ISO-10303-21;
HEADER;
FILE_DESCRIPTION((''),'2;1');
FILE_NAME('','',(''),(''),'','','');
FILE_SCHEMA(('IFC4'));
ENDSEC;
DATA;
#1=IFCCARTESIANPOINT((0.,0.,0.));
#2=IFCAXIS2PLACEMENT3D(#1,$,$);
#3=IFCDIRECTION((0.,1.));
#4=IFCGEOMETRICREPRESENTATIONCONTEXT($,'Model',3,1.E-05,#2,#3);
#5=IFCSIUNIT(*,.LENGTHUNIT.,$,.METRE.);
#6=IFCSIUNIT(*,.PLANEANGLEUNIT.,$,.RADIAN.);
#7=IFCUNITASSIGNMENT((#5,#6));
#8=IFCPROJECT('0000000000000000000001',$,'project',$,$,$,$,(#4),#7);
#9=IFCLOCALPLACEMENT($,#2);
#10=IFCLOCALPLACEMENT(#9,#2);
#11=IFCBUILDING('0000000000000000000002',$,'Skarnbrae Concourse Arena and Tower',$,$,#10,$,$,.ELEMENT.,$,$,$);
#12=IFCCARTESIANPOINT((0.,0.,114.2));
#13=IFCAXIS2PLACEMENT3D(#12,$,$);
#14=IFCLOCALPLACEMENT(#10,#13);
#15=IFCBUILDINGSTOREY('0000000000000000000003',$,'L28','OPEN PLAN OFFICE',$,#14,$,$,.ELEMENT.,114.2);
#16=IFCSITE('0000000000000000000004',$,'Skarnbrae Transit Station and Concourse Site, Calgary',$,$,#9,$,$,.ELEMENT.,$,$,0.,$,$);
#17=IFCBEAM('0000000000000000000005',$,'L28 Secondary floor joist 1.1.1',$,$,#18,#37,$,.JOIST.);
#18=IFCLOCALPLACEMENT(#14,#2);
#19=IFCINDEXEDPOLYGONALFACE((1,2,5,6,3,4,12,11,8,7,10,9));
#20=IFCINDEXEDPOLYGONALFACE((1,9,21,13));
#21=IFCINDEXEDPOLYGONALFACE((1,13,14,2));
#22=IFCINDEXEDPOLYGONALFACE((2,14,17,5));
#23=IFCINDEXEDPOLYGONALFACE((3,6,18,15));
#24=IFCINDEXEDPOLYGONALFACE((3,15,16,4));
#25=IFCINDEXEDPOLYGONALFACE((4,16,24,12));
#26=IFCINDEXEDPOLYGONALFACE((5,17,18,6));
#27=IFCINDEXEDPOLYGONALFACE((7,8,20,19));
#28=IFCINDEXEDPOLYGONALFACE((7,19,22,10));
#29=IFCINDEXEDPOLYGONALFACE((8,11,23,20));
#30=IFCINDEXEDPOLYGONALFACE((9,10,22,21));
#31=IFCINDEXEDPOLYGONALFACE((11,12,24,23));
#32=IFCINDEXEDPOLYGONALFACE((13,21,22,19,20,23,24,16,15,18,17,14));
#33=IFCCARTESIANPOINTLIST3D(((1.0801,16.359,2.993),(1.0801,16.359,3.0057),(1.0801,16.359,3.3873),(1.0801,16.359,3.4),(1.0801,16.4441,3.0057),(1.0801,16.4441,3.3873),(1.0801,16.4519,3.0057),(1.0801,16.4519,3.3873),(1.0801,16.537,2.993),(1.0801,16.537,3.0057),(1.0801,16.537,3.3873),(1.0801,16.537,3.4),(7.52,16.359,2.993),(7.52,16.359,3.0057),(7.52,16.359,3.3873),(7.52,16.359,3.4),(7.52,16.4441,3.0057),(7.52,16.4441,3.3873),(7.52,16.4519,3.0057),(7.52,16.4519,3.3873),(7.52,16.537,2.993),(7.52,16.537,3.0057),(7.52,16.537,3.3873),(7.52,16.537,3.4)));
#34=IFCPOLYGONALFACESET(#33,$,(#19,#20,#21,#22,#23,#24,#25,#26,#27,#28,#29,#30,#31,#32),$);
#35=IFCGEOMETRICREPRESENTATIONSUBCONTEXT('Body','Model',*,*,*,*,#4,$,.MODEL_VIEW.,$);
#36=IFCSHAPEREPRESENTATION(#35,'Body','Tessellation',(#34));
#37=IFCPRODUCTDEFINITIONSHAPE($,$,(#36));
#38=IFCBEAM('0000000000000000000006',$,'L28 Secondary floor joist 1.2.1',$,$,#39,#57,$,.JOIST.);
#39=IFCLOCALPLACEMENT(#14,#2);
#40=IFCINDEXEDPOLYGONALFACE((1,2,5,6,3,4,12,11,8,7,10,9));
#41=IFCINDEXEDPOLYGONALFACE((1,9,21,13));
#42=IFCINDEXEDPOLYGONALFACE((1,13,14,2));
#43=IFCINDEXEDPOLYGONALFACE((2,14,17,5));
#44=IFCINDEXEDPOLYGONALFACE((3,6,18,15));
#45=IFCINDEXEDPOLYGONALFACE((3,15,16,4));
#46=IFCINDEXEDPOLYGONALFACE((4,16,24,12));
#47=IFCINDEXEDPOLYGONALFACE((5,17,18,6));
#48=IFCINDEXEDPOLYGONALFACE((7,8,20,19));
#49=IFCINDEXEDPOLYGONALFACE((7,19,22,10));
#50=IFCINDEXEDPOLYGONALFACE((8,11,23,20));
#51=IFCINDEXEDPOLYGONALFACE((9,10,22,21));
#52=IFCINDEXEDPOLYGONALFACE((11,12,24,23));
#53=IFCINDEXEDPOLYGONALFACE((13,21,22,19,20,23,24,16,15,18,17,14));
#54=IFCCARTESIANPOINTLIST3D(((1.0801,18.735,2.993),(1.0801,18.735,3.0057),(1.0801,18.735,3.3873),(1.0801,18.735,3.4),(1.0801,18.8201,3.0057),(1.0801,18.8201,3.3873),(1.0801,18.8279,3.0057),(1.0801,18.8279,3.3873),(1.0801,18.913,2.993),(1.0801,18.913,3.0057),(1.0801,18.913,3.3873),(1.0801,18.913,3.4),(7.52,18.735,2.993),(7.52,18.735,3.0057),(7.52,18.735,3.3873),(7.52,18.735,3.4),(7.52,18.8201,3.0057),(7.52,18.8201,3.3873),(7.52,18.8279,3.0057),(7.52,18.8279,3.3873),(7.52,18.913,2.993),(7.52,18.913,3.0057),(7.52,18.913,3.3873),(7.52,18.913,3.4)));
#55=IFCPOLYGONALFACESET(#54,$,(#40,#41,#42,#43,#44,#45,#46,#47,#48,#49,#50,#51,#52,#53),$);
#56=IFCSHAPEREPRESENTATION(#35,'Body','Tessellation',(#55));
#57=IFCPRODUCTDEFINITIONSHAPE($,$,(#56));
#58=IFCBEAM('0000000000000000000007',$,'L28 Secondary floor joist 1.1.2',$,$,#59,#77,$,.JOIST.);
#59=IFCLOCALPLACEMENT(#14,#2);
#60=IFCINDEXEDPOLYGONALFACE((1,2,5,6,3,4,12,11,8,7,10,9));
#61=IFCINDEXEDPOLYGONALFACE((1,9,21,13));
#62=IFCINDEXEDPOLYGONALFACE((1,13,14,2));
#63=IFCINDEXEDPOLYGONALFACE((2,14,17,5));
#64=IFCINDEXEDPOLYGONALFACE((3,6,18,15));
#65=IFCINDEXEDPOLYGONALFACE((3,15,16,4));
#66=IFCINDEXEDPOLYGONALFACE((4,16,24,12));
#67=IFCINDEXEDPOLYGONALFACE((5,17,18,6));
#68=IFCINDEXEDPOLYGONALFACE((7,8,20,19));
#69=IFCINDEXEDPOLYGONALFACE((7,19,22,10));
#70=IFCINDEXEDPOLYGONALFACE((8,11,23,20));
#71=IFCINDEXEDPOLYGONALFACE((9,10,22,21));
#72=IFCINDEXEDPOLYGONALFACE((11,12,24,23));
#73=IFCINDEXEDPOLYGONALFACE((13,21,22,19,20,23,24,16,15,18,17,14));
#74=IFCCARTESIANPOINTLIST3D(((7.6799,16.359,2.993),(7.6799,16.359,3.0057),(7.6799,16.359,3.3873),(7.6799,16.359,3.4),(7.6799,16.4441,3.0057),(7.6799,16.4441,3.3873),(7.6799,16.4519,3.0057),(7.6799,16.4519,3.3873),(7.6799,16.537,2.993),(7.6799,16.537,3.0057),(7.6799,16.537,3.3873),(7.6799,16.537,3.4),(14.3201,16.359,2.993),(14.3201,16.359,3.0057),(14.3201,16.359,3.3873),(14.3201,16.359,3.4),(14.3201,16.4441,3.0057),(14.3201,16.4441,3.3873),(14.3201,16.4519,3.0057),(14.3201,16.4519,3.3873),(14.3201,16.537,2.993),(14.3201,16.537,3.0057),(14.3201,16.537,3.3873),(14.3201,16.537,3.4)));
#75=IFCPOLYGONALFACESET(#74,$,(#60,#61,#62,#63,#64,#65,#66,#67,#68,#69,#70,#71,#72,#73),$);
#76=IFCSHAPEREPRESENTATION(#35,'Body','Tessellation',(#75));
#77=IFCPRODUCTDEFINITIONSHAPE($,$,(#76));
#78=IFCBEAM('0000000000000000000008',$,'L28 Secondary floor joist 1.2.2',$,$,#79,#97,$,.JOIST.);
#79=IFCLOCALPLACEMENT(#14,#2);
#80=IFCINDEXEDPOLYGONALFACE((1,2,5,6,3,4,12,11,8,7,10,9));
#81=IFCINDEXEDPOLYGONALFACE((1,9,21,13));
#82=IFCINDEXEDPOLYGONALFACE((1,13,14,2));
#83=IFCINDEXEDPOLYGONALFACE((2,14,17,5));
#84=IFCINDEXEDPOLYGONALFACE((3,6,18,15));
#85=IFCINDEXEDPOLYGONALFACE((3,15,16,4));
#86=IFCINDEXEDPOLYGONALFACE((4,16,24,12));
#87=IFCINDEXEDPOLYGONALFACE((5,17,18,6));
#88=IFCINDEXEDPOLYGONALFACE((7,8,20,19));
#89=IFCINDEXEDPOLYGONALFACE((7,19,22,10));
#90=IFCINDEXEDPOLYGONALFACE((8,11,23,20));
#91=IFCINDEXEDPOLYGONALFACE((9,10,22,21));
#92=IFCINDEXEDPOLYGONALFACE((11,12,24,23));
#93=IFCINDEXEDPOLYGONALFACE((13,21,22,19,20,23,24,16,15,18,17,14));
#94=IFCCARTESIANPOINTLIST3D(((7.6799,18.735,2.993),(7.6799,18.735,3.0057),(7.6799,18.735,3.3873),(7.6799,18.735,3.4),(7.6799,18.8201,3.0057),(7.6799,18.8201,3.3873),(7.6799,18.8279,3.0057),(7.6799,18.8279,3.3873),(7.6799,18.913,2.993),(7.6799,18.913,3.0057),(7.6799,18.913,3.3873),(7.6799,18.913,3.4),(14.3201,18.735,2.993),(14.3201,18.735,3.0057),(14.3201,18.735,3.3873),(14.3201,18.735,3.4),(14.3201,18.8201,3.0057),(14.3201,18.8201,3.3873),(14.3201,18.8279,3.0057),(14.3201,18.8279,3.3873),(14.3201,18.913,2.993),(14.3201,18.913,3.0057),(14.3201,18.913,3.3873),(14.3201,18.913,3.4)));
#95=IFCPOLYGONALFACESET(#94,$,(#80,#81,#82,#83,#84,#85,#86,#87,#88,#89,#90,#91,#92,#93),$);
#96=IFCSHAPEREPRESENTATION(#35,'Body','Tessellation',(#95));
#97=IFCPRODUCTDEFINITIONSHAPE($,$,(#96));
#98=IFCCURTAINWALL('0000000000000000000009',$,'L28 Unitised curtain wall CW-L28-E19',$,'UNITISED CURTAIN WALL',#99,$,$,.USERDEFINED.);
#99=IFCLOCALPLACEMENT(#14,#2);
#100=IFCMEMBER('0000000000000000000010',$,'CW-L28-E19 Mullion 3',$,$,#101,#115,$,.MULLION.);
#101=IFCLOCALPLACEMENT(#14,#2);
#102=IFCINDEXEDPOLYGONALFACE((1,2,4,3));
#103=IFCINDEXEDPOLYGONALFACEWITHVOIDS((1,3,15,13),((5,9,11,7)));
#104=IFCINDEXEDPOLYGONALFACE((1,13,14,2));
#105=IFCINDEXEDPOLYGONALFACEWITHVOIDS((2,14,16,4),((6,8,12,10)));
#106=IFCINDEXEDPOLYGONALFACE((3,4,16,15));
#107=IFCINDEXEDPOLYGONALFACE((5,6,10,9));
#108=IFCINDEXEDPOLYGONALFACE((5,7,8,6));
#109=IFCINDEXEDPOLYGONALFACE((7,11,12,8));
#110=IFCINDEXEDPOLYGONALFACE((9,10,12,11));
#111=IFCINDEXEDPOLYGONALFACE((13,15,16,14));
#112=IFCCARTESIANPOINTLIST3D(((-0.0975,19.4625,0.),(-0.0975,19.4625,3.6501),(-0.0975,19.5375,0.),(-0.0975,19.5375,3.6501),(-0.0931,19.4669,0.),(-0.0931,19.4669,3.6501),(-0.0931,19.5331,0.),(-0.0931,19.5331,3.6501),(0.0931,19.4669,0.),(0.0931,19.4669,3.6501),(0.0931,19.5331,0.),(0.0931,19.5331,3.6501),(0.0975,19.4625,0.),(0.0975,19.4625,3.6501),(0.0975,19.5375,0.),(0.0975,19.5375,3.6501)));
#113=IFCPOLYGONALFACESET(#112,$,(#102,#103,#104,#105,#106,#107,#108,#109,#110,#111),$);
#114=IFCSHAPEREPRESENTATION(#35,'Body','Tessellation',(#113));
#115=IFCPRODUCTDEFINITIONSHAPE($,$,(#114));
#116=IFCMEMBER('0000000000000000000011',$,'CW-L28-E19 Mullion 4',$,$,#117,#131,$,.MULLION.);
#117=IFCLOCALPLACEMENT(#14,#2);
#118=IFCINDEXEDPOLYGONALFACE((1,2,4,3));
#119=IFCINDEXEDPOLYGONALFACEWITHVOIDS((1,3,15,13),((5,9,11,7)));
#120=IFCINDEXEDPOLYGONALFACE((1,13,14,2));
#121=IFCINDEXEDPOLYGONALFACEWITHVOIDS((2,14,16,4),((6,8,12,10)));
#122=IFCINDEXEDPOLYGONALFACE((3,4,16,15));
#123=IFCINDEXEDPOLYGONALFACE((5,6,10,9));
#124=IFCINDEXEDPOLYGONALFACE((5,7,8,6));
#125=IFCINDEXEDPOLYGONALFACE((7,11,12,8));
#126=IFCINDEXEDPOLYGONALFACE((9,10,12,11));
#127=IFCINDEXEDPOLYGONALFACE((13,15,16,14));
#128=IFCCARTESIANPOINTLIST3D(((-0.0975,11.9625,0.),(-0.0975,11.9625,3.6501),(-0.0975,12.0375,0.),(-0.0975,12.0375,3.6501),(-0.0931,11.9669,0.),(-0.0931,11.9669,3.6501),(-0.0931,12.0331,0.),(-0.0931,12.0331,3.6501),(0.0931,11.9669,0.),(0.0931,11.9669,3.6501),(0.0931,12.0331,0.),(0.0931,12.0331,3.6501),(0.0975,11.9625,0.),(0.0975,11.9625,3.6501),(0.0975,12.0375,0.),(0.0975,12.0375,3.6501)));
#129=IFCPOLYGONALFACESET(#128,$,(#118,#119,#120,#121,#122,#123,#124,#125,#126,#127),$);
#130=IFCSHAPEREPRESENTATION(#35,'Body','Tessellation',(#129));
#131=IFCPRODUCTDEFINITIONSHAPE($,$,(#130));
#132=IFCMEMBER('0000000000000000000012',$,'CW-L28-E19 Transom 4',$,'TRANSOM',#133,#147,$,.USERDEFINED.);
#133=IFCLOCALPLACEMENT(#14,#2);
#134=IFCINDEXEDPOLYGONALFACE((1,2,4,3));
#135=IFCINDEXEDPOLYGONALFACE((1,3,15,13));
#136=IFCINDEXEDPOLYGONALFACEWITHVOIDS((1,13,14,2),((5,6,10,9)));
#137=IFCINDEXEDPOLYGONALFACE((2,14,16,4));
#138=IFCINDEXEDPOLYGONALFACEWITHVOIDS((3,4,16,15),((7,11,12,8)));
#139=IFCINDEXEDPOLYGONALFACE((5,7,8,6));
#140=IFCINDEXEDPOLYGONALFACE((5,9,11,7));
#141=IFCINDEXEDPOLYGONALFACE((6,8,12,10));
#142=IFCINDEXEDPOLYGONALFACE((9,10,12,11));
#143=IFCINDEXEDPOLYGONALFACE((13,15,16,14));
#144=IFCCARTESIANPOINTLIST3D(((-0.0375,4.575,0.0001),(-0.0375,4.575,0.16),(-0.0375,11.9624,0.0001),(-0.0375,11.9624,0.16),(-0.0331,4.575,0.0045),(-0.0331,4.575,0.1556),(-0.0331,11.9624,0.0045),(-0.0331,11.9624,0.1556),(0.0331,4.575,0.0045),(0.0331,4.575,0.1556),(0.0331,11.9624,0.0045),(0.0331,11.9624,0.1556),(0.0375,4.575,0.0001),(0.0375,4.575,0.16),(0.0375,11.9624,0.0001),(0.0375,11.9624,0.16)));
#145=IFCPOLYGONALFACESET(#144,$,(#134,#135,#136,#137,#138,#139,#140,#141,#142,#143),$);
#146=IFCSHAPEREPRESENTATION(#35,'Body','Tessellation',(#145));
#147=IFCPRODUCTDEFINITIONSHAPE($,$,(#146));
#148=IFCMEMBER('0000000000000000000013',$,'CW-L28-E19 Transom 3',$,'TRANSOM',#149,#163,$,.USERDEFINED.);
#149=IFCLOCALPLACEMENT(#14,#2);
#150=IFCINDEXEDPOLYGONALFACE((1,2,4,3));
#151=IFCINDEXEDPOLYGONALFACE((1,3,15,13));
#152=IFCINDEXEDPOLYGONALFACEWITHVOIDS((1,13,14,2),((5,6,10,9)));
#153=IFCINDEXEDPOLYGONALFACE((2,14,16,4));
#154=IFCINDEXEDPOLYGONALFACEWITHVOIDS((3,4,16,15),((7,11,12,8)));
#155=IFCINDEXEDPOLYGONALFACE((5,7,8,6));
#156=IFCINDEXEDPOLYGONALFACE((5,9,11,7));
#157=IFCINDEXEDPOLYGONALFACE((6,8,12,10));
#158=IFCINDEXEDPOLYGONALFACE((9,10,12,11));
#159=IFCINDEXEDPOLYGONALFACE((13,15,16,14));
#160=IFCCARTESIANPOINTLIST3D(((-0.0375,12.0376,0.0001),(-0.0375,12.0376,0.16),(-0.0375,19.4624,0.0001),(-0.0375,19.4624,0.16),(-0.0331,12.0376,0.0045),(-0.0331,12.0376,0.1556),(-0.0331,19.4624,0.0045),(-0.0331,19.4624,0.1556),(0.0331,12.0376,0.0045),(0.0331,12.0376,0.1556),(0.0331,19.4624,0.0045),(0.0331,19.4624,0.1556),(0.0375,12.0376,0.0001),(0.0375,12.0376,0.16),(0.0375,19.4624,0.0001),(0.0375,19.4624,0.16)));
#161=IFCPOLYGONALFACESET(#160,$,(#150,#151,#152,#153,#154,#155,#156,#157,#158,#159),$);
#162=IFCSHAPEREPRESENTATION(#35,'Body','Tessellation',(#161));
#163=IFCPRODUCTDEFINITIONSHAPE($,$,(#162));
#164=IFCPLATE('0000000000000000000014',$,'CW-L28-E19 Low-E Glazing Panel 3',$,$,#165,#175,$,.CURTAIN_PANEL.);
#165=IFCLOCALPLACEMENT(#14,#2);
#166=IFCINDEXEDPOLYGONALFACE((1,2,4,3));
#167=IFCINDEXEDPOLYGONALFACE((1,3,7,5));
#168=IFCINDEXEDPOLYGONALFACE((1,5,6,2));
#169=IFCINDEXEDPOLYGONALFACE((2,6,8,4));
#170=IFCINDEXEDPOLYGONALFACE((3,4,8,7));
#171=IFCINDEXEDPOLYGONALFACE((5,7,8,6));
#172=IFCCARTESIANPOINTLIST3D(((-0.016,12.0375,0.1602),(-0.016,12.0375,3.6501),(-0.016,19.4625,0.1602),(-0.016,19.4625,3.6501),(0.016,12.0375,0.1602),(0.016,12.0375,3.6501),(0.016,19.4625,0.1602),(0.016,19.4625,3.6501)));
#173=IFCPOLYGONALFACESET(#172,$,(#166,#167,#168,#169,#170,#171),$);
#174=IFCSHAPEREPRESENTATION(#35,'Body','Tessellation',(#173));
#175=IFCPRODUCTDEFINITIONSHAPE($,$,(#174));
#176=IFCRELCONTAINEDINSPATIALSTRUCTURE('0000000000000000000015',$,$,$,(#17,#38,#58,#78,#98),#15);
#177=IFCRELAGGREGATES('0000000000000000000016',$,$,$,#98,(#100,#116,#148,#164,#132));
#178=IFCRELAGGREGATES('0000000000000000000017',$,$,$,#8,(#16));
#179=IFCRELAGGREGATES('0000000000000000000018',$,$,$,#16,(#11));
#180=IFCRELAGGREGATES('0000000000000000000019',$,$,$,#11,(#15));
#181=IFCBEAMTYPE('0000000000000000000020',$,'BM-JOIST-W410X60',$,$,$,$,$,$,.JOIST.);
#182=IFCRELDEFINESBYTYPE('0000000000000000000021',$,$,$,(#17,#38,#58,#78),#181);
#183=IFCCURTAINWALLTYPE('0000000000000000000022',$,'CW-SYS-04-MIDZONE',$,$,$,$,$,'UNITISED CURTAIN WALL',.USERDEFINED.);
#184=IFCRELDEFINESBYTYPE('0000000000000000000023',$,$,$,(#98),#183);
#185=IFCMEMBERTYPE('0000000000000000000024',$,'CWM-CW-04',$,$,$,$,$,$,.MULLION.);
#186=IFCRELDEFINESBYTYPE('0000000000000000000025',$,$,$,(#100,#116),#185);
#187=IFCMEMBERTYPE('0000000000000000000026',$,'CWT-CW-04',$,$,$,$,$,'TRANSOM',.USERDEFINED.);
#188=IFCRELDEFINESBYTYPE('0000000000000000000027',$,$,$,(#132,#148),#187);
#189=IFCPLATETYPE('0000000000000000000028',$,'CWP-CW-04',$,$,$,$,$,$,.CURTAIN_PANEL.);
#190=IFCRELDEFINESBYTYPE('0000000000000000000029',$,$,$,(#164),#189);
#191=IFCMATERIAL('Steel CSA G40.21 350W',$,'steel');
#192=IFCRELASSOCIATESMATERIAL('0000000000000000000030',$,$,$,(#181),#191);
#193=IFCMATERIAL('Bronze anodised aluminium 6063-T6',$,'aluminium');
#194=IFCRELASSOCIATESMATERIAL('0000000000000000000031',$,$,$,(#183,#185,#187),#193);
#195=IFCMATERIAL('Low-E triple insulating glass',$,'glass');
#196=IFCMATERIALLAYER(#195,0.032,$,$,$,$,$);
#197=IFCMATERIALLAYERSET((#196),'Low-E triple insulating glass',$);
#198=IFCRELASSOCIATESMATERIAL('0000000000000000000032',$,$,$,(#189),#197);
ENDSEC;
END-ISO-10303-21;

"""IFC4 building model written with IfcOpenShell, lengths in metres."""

from ifc_helpers import new_model, si_unit, direction, frame, origin, origin_2d, place, context, subcontext, project, spatial, rectangle, hollow_rectangle, i_section, extrude, source, transform, mapped, material, layer, layer_set, material_profile, profile_set, type_object, element, aggregate, save


model = new_model("IFC4")

# Units and contexts
model_context = context("Model", 3, precision=1e-05, world=origin(), true_north=direction((0.0, 1.0)))
body_context = subcontext(model_context, "Body", "Model", "MODEL_VIEW")
ifc_project = project(units=[si_unit("LENGTHUNIT", "METRE"), si_unit("PLANEANGLEUNIT", "RADIAN")], contexts=[model_context])

# Site, building, storey
site_placement = place(None, origin())
site = spatial("IfcSite", under=ifc_project, at=site_placement, Name="Skarnbrae Transit Station and Concourse Site, Calgary", CompositionType="ELEMENT", RefElevation=0.0)
building_placement = place(site_placement, origin())
building = spatial("IfcBuilding", under=site, at=building_placement, Name="Skarnbrae Concourse Arena and Tower", CompositionType="ELEMENT")
storey_placement = place(building_placement, frame((0.0, 0.0, 114.2)))
storey = spatial("IfcBuildingStorey", under=building, at=storey_placement, Name="L28", Description="OPEN PLAN OFFICE", CompositionType="ELEMENT", Elevation=114.2)

# Shared definitions
ifc_material_1 = material(Name="Steel CSA G40.21 350W", Category="steel")

# Beams
ifc_material_profile_1 = material_profile(ifc_material_1, i_section(OverallWidth=0.178, OverallDepth=0.407, WebThickness=0.0078, FlangeThickness=0.0127, at=origin_2d()), Name="W410X60")
ifc_profile_set_1 = profile_set([ifc_material_profile_1], Name="Steel CSA G40.21 350W")
beam_type_1 = type_object("IfcBeamType", Name="BM-JOIST-W410X60", PredefinedType="JOIST", material=ifc_profile_set_1)
shared_shape_1 = source(origin(), body_context, "Body", "SweptSolid", [
    extrude(i_section(OverallWidth=0.178, OverallDepth=0.407, WebThickness=0.0078, FlangeThickness=0.0127, at=origin_2d()), origin(), (0.0, 0.0, 1.0), 6.4399),
])
for number, where, z_axis, x_axis, name in (
    (1, (1.0801, 16.448, 3.1965), (1.0, 0.0, 0.0), (0.0, 1.0, 0.0), "L28 Secondary floor joist 1.1.1"),
    (2, (1.0801, 18.824, 3.1965), (1.0, 0.0, 0.0), (0.0, 1.0, 0.0), "L28 Secondary floor joist 1.2.1"),
):
    element("IfcBeam", number, at=place(storey_placement, frame(where, z_axis=z_axis, x_axis=x_axis)), inside=storey, type_object=beam_type_1, Name=name, PredefinedType="JOIST", context=body_context, shape_type="MappedRepresentation", body=[
        mapped(shared_shape_1, transform((0.0, 0.0, 0.0))),
    ])
shared_shape_2 = source(origin(), body_context, "Body", "SweptSolid", [
    extrude(i_section(OverallWidth=0.178, OverallDepth=0.407, WebThickness=0.0078, FlangeThickness=0.0127, at=origin_2d()), origin(), (0.0, 0.0, 1.0), 6.6401),
])
for number, where, z_axis, x_axis, name in (
    (3, (7.6799, 16.448, 3.1965), (1.0, 0.0, 0.0), (0.0, 1.0, 0.0), "L28 Secondary floor joist 1.1.2"),
    (4, (7.6799, 18.824, 3.1965), (1.0, 0.0, 0.0), (0.0, 1.0, 0.0), "L28 Secondary floor joist 1.2.2"),
):
    element("IfcBeam", number, at=place(storey_placement, frame(where, z_axis=z_axis, x_axis=x_axis)), inside=storey, type_object=beam_type_1, Name=name, PredefinedType="JOIST", context=body_context, shape_type="MappedRepresentation", body=[
        mapped(shared_shape_2, transform((0.0, 0.0, 0.0))),
    ])

# Curtain wall, members, plate
ifc_material_2 = material(Name="Bronze anodised aluminium 6063-T6", Category="aluminium")
curtain_wall_type = type_object("IfcCurtainWallType", Name="CW-SYS-04-MIDZONE", ElementType="UNITISED CURTAIN WALL", PredefinedType="USERDEFINED", material=ifc_material_2)
curtain_wall_placement = place(storey_placement, origin())
curtain_wall = element("IfcCurtainWall", 5, at=curtain_wall_placement, inside=storey, type_object=curtain_wall_type, Name="L28 Unitised curtain wall CW-L28-E19", ObjectType="UNITISED CURTAIN WALL", PredefinedType="USERDEFINED")
ifc_material_profile_2 = material_profile(ifc_material_2, hollow_rectangle(XDim=0.075, YDim=0.1951, WallThickness=0.0044, at=origin_2d()), Name="ALU-MULL-75X195")
ifc_profile_set_2 = profile_set([ifc_material_profile_2], Name="Bronze anodised aluminium 6063-T6")
member_type_1 = type_object("IfcMemberType", Name="CWM-CW-04", PredefinedType="MULLION", material=ifc_profile_set_2)
shared_shape_3 = source(origin(), body_context, "Body", "SweptSolid", [
    extrude(hollow_rectangle(XDim=0.075, YDim=0.1951, WallThickness=0.0044, at=origin_2d()), origin(), (0.0, 0.0, 1.0), 3.6501),
])
member_1_placement = place(storey_placement, frame((0.0, 19.5, 0.0), z_axis=(0.0, 0.0, 1.0), x_axis=(0.0, -1.0, 0.0)))
member_1 = element("IfcMember", 6, at=member_1_placement, type_object=member_type_1, Name="CW-L28-E19 Mullion 3", PredefinedType="MULLION", context=body_context, shape_type="MappedRepresentation", body=[
    mapped(shared_shape_3, transform((0.0, 0.0, 0.0))),
])
member_2_placement = place(storey_placement, frame((0.0, 12.0, 0.0), z_axis=(0.0, 0.0, 1.0), x_axis=(0.0, -1.0, 0.0)))
member_2 = element("IfcMember", 7, at=member_2_placement, type_object=member_type_1, Name="CW-L28-E19 Mullion 4", PredefinedType="MULLION", context=body_context, shape_type="MappedRepresentation", body=[
    mapped(shared_shape_3, transform((0.0, 0.0, 0.0))),
])
ifc_material_profile_3 = material_profile(ifc_material_2, hollow_rectangle(XDim=0.075, YDim=0.1599, WallThickness=0.0044, at=origin_2d()), Name="ALU-TRAN-75X160")
ifc_profile_set_3 = profile_set([ifc_material_profile_3], Name="Bronze anodised aluminium 6063-T6")
member_type_2 = type_object("IfcMemberType", Name="CWT-CW-04", ElementType="TRANSOM", PredefinedType="USERDEFINED", material=ifc_profile_set_3)
shared_shape_4 = source(origin(), body_context, "Body", "SweptSolid", [
    extrude(hollow_rectangle(XDim=0.075, YDim=0.1599, WallThickness=0.0044, at=origin_2d()), origin(), (0.0, 0.0, 1.0), 7.3875),
])
member_3_placement = place(storey_placement, frame((0.0, 11.9624, 0.0801), z_axis=(0.0, -1.0, 0.0), x_axis=(1.0, 0.0, 0.0)))
member_3 = element("IfcMember", 8, at=member_3_placement, type_object=member_type_2, Name="CW-L28-E19 Transom 4", ObjectType="TRANSOM", PredefinedType="USERDEFINED", context=body_context, shape_type="MappedRepresentation", body=[
    mapped(shared_shape_4, transform((0.0, 0.0, 0.0))),
])
shared_shape_5 = source(origin(), body_context, "Body", "SweptSolid", [
    extrude(hollow_rectangle(XDim=0.075, YDim=0.1599, WallThickness=0.0044, at=origin_2d()), origin(), (0.0, 0.0, 1.0), 7.4248),
])
member_4_placement = place(storey_placement, frame((0.0, 19.4624, 0.0801), z_axis=(0.0, -1.0, 0.0), x_axis=(1.0, 0.0, 0.0)))
member_4 = element("IfcMember", 9, at=member_4_placement, type_object=member_type_2, Name="CW-L28-E19 Transom 3", ObjectType="TRANSOM", PredefinedType="USERDEFINED", context=body_context, shape_type="MappedRepresentation", body=[
    mapped(shared_shape_5, transform((0.0, 0.0, 0.0))),
])
ifc_material_3 = material(Name="Low-E triple insulating glass", Category="glass")
ifc_layer_1 = layer(ifc_material_3, 0.032)
ifc_layer_set_1 = layer_set([ifc_layer_1], Name="Low-E triple insulating glass")
plate_type = type_object("IfcPlateType", Name="CWP-CW-04", PredefinedType="CURTAIN_PANEL", material=ifc_layer_set_1)
shared_shape_6 = source(origin(), body_context, "Body", "SweptSolid", [
    extrude(rectangle(XDim=7.425, YDim=0.032, at=origin_2d()), origin(), (0.0, 0.0, 1.0), 3.49),
])
plate_placement = place(storey_placement, frame((0.0, 15.75, 0.1602), z_axis=(0.0, 0.0, 1.0), x_axis=(0.0, -1.0, 0.0)))
plate = element("IfcPlate", 10, at=plate_placement, type_object=plate_type, Name="CW-L28-E19 Low-E Glazing Panel 3", PredefinedType="CURTAIN_PANEL", context=body_context, shape_type="MappedRepresentation", body=[
    mapped(shared_shape_6, transform((0.0, 0.0, 0.0))),
])
aggregate(curtain_wall, [member_1, member_2, member_4, plate, member_3])

save(model, "model.ifc")
